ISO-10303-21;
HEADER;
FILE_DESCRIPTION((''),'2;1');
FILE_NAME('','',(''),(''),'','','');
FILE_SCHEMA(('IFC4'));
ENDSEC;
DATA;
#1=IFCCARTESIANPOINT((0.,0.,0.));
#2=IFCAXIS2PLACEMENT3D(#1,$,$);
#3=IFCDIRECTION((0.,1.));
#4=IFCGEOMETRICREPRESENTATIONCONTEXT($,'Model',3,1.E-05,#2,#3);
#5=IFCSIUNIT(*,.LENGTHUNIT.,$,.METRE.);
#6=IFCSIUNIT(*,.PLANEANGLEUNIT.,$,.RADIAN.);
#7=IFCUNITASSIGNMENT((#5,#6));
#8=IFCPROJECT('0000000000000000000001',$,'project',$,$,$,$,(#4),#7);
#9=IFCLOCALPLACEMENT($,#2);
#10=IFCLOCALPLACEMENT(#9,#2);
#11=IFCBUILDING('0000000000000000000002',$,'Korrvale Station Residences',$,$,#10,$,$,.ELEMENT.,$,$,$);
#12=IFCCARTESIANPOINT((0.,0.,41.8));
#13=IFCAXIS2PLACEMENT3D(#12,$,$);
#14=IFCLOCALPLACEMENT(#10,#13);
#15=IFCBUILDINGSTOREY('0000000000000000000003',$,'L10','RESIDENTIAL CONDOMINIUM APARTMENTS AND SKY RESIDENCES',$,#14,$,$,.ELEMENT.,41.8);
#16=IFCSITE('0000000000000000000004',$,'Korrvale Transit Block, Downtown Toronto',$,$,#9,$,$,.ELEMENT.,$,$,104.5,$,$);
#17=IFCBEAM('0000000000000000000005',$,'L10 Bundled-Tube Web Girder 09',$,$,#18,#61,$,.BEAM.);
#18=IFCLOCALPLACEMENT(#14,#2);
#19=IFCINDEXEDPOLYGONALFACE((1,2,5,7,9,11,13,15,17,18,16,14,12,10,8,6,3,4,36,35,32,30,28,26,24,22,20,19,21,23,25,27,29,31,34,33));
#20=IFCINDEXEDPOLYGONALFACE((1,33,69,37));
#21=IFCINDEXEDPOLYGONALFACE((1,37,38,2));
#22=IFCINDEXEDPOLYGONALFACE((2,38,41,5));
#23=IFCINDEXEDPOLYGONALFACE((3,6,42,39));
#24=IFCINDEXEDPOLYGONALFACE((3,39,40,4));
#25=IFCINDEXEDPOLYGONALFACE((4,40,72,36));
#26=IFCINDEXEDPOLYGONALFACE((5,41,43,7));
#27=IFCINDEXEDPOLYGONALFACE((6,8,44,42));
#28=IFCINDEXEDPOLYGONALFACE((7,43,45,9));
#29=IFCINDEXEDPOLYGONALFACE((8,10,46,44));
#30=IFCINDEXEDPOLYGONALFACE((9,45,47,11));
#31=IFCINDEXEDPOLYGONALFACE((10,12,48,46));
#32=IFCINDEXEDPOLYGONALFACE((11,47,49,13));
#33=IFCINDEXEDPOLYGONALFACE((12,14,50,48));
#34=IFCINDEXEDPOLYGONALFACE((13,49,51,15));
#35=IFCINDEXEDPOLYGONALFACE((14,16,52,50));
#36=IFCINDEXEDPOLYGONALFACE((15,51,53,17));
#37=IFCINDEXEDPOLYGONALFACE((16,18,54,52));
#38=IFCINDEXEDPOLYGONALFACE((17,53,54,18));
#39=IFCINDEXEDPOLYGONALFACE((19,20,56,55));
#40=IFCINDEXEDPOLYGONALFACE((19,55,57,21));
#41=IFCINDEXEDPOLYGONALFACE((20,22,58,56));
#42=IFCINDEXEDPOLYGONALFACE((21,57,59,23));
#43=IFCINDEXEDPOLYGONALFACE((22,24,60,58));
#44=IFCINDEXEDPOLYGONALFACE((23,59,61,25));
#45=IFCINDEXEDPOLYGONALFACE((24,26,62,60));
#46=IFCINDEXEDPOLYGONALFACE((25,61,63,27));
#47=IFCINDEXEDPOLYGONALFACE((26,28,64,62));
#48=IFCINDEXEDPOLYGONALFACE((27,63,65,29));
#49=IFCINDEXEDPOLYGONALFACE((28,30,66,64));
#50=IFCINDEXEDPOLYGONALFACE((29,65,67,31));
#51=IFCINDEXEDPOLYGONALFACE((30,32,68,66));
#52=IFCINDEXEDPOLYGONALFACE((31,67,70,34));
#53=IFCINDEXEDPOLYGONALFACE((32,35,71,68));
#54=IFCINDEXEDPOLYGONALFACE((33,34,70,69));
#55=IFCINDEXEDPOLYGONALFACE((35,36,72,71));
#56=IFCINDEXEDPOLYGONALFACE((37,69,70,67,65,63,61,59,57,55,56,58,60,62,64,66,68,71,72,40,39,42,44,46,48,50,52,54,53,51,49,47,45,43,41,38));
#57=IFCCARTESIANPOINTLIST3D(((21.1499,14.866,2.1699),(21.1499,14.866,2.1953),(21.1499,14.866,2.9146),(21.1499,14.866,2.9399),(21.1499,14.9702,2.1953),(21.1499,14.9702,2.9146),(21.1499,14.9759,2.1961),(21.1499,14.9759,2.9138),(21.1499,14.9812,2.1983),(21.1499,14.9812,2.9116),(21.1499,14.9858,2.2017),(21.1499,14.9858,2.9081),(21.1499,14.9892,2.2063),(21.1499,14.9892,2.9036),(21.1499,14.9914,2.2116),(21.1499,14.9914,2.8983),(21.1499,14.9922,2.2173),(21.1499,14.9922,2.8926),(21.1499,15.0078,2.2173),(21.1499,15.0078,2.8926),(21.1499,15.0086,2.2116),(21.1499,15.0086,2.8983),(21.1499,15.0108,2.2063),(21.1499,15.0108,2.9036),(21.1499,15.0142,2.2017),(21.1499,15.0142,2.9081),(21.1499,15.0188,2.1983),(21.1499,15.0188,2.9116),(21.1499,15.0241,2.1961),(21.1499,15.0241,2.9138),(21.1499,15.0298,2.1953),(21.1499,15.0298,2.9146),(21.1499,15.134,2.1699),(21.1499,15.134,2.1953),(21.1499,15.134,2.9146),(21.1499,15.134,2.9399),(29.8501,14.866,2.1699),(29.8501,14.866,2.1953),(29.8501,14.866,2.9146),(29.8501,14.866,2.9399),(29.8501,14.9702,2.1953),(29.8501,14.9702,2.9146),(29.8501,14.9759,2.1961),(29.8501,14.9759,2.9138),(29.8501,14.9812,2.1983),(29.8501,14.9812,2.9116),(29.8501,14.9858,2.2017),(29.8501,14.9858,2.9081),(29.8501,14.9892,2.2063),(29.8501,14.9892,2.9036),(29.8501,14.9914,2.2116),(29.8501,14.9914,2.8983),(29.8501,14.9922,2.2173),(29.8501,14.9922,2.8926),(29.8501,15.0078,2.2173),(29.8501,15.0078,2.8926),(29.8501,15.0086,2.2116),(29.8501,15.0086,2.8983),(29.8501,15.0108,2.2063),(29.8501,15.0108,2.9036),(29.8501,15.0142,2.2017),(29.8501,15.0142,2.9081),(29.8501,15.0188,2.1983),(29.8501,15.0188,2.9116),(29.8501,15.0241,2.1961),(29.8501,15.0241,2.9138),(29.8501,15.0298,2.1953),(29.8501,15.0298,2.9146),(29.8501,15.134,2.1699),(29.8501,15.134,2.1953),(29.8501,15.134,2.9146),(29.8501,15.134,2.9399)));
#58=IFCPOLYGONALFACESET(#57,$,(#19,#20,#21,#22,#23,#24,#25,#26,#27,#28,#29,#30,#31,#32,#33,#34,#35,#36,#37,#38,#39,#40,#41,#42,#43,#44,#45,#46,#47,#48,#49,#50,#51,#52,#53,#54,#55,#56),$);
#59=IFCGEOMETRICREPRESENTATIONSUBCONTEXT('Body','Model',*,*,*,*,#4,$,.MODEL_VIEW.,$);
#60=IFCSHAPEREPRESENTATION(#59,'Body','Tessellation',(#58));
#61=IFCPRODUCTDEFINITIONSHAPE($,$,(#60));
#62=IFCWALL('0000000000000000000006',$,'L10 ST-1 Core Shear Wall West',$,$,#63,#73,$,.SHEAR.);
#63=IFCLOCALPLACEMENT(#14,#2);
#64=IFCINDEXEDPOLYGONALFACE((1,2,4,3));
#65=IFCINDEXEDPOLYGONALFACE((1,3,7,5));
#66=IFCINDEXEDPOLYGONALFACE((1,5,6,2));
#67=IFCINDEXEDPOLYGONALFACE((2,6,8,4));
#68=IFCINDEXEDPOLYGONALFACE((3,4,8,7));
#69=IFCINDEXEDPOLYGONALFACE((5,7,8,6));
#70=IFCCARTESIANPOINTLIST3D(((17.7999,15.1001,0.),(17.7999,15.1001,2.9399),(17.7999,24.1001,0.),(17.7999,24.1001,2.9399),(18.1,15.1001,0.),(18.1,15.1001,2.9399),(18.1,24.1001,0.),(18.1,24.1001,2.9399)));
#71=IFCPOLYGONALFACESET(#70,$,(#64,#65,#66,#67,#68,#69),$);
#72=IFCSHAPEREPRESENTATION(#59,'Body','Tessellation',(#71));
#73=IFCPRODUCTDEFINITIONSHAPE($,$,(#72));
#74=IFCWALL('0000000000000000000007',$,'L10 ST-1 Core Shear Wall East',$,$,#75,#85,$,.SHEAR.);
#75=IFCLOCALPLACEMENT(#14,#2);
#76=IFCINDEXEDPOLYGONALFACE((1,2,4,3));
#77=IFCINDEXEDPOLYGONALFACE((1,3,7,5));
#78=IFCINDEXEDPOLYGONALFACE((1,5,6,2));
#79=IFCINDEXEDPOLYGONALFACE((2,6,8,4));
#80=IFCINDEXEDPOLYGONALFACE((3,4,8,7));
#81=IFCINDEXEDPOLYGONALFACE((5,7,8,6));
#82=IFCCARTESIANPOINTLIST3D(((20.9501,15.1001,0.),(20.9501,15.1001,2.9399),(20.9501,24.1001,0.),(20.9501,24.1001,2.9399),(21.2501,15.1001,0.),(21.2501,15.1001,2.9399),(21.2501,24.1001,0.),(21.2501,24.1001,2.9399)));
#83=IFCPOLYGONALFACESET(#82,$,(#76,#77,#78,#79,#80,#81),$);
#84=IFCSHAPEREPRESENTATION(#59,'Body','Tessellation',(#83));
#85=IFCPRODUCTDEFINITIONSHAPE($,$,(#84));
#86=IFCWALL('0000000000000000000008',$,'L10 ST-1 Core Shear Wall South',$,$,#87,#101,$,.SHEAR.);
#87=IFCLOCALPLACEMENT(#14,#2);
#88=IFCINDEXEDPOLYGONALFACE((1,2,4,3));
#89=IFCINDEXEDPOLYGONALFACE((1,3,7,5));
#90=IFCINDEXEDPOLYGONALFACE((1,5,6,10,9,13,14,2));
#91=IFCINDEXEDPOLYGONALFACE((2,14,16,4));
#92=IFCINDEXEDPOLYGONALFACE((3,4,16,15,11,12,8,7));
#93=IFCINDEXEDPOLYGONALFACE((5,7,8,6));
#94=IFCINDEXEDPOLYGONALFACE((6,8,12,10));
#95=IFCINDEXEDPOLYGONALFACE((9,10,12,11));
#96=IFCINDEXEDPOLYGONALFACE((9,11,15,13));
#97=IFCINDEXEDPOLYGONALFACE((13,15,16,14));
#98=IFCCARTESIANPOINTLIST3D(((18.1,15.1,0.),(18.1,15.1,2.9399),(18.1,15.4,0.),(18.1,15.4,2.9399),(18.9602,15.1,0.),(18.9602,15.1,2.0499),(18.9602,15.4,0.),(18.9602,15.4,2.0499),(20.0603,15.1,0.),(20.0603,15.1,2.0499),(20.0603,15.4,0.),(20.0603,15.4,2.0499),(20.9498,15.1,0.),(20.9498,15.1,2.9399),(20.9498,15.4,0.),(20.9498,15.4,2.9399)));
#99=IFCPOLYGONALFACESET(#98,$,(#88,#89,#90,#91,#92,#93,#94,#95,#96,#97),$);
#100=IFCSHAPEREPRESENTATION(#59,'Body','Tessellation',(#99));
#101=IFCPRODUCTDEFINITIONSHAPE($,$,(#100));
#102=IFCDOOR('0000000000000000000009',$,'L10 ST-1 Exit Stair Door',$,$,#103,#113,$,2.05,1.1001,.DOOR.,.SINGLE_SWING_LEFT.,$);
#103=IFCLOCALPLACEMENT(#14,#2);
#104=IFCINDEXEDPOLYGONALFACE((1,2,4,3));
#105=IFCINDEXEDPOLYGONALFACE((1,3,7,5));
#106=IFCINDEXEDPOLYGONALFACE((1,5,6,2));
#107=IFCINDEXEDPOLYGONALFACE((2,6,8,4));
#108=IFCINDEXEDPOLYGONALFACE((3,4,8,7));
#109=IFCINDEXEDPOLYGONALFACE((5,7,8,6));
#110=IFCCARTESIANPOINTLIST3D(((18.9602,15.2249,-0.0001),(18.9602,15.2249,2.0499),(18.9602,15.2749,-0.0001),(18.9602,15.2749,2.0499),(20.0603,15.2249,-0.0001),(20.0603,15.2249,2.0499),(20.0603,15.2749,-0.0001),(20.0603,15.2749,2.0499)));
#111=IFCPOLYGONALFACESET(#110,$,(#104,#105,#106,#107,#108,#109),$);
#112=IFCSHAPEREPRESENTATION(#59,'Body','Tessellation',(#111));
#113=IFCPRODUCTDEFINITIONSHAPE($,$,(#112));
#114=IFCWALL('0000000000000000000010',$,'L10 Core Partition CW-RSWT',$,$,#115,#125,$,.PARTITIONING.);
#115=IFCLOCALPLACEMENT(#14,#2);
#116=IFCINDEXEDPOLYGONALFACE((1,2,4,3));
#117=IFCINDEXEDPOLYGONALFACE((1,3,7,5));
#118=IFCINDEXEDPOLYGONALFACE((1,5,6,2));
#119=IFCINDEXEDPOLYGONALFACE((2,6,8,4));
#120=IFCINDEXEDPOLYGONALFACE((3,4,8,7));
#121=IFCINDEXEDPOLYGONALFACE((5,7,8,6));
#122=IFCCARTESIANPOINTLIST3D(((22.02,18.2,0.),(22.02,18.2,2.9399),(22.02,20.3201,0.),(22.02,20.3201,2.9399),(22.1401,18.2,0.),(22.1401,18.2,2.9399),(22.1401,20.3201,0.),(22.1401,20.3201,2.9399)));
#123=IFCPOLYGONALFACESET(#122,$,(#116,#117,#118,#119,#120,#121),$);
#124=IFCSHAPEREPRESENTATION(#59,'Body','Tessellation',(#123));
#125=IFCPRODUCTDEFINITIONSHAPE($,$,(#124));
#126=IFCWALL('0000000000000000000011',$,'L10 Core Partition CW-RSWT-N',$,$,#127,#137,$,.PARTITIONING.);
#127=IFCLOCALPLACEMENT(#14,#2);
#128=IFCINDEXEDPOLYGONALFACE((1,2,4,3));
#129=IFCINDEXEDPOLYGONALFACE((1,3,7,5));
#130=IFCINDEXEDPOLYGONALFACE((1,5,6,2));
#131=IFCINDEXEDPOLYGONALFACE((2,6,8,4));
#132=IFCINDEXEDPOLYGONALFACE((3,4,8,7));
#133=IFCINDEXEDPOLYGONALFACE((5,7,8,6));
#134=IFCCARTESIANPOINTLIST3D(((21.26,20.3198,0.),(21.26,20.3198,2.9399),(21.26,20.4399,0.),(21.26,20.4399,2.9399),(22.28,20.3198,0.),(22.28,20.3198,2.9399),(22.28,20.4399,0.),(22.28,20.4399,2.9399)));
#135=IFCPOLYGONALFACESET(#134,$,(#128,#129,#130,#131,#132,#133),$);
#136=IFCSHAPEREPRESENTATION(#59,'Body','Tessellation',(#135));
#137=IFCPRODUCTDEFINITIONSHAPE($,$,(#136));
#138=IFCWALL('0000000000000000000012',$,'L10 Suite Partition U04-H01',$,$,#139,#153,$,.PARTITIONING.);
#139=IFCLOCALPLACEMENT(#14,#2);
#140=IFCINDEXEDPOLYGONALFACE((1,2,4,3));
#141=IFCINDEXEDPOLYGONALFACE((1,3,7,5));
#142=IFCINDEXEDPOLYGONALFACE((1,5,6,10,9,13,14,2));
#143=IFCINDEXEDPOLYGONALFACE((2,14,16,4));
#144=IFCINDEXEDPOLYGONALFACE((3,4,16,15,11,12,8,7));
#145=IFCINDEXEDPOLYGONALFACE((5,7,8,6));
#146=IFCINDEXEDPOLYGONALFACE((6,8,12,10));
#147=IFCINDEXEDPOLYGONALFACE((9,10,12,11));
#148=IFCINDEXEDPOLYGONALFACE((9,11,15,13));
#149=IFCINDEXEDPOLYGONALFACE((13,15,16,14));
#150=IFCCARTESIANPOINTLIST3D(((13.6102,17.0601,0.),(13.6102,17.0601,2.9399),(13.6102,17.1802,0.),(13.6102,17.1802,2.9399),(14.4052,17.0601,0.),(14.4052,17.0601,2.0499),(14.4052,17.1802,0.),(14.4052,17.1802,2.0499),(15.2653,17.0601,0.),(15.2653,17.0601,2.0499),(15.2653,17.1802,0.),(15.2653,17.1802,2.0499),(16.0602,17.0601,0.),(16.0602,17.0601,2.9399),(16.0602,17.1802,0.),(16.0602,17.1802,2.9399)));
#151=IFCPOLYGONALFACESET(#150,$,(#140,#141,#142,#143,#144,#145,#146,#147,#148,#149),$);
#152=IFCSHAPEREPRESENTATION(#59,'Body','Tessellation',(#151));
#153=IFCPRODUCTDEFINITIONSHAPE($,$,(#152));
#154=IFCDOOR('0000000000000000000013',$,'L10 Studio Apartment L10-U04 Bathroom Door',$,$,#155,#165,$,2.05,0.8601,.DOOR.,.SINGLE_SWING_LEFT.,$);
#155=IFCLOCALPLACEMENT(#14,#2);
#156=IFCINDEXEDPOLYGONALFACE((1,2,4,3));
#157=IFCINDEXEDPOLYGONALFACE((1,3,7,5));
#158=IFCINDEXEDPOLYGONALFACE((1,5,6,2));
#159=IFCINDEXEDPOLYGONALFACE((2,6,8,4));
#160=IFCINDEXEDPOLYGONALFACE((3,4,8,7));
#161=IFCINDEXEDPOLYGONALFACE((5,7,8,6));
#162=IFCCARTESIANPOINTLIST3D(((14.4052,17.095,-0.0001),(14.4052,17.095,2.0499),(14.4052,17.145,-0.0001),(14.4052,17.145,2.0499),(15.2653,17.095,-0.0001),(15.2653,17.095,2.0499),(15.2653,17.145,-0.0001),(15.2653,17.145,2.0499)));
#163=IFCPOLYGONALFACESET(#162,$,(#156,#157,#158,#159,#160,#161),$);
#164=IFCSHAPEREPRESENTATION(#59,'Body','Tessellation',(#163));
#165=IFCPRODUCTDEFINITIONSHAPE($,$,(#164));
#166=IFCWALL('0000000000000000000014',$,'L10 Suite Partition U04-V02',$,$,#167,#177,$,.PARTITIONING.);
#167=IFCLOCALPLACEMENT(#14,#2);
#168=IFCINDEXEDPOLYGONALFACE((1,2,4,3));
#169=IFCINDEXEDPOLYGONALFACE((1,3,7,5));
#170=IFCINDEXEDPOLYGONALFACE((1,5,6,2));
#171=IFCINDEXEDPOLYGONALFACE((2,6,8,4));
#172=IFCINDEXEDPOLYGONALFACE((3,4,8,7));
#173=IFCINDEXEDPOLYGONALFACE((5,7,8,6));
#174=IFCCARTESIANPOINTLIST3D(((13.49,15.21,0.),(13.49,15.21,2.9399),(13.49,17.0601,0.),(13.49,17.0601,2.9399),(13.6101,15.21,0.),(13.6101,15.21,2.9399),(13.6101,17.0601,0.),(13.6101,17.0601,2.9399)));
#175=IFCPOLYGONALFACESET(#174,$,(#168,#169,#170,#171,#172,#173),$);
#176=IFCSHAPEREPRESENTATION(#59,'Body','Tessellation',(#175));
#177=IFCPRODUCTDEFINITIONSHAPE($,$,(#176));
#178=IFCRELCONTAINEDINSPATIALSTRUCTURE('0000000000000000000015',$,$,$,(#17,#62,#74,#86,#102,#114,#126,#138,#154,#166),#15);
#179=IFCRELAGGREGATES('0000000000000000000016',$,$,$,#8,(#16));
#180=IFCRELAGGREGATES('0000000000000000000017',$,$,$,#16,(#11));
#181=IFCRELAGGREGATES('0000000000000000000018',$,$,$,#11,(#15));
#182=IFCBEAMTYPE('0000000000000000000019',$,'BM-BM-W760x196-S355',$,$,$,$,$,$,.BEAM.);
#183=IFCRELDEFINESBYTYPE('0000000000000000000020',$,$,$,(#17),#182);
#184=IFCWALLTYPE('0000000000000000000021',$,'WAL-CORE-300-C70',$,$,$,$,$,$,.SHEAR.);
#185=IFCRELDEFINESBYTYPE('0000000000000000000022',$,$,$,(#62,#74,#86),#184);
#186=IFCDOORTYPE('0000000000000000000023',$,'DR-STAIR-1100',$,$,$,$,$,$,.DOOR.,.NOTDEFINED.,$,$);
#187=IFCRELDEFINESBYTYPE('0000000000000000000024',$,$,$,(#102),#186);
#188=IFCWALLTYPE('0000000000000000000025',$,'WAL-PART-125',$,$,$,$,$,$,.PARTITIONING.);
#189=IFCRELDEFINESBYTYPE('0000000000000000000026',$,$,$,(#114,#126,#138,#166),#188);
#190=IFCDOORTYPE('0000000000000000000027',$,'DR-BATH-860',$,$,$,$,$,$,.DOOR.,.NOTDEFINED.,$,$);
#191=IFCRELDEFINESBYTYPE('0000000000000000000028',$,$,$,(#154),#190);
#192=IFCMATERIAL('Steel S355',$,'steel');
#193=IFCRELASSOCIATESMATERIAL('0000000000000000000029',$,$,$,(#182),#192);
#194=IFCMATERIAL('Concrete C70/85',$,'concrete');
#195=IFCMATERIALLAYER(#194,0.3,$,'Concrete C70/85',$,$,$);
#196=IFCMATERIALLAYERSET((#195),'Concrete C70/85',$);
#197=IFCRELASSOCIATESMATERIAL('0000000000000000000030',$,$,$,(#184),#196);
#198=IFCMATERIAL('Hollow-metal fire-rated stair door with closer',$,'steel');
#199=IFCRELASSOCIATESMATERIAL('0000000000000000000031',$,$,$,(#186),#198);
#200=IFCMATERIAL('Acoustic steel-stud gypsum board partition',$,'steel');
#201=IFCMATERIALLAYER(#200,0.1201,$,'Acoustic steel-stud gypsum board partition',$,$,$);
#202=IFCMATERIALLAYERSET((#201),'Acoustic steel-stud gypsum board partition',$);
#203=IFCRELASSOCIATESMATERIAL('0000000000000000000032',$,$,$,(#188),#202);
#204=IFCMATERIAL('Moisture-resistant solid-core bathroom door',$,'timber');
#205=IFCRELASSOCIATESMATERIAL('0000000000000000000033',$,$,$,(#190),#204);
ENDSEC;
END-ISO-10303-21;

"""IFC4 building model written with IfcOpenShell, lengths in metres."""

from ifc_helpers import new_model, si_unit, direction, frame, frame_2d, origin, origin_2d, place, context, subcontext, project, spatial, rectangle, i_section, extrude, material, layer, layer_set, material_profile, profile_set, type_object, element, fill, save


model = new_model("IFC4")

# Units and contexts
model_context = context("Model", 3, precision=1e-05, world=origin(), true_north=direction((0.0, 1.0)))
body_context = subcontext(model_context, "Body", "Model", "MODEL_VIEW")
ifc_project = project(units=[si_unit("LENGTHUNIT", "METRE"), si_unit("PLANEANGLEUNIT", "RADIAN")], contexts=[model_context])

# Site, building, storey
site_placement = place(None, origin())
site = spatial("IfcSite", under=ifc_project, at=site_placement, Name="Korrvale Transit Block, Downtown Toronto", CompositionType="ELEMENT", RefElevation=104.5)
building_placement = place(site_placement, origin())
building = spatial("IfcBuilding", under=site, at=building_placement, Name="Korrvale Station Residences", CompositionType="ELEMENT")
storey_placement = place(building_placement, frame((0.0, 0.0, 41.8)))
storey = spatial("IfcBuildingStorey", under=building, at=storey_placement, Name="L10", Description="RESIDENTIAL CONDOMINIUM APARTMENTS AND SKY RESIDENCES", CompositionType="ELEMENT", Elevation=41.8)

# Beam
ifc_material_1 = material(Name="Steel S355", Category="steel")
ifc_material_profile = material_profile(ifc_material_1, i_section(OverallWidth=0.2681, OverallDepth=0.77, WebThickness=0.0156, FlangeThickness=0.0254, FilletRadius=0.022, at=origin_2d()), Name="W760x196")
ifc_profile_set = profile_set([ifc_material_profile], Name="Steel S355")
beam_type = type_object("IfcBeamType", Name="BM-BM-W760x196-S355", PredefinedType="BEAM", material=ifc_profile_set)
beam_placement = place(storey_placement, frame((21.1499, 15.0, 2.5549), z_axis=(1.0, 0.0, 0.0), x_axis=(0.0, 1.0, 0.0)))
element("IfcBeam", 1, at=beam_placement, inside=storey, type_object=beam_type, Name="L10 Bundled-Tube Web Girder 09", PredefinedType="BEAM", context=body_context, shape_type="SweptSolid", body=[
    extrude(i_section(OverallWidth=0.2681, OverallDepth=0.77, WebThickness=0.0156, FlangeThickness=0.0254, FilletRadius=0.022, at=origin_2d()), origin(), (0.0, 0.0, 1.0), 8.7002),
])

# Walls
ifc_material_2 = material(Name="Concrete C70/85", Category="concrete")
ifc_layer_1 = layer(ifc_material_2, 0.3, Name="Concrete C70/85")
ifc_layer_set_1 = layer_set([ifc_layer_1], Name="Concrete C70/85")
wall_type_1 = type_object("IfcWallType", Name="WAL-CORE-300-C70", PredefinedType="SHEAR", material=ifc_layer_set_1)
for number, where, z_axis, x_axis, name in (
    (2, (17.95, 15.1001, 0.0), (0.0, 0.0, 1.0), (0.0, 1.0, 0.0), "L10 ST-1 Core Shear Wall West"),
    (3, (21.1001, 15.1001, 0.0), (0.0, 0.0, 1.0), (0.0, 1.0, 0.0), "L10 ST-1 Core Shear Wall East"),
):
    element("IfcWall", number, at=place(storey_placement, frame(where, z_axis=z_axis, x_axis=x_axis)), inside=storey, type_object=wall_type_1, Name=name, PredefinedType="SHEAR", context=body_context, shape_type="SweptSolid", body=[
        extrude(rectangle(XDim=9.0, YDim=0.3, at=frame_2d((4.5, 0.0))), origin(), (0.0, 0.0, 1.0), 2.9399),
    ])

# Wall, opening, door
wall_1_placement = place(storey_placement, frame((18.1001, 15.25, 0.0), z_axis=(0.0, 0.0, 1.0), x_axis=(1.0, 0.0, 0.0)))
wall_1 = element("IfcWall", 4, at=wall_1_placement, inside=storey, type_object=wall_type_1, Name="L10 ST-1 Core Shear Wall South", PredefinedType="SHEAR", context=body_context, shape_type="SweptSolid", body=[
    extrude(rectangle(XDim=2.8499, YDim=0.3, at=frame_2d((1.4248, 0.0))), origin(), (0.0, 0.0, 1.0), 2.9399),
])
opening_1_placement = place(wall_1_placement, frame((0.8601, 0.0, 0.0)))
opening_1 = element("IfcOpeningElement", 5, at=opening_1_placement, cuts=wall_1, PredefinedType="OPENING", context=body_context, shape_type="SweptSolid", body=[
    extrude(rectangle(XDim=1.1001, YDim=2.05, at=frame_2d((0.55, 1.0249))), frame((0.0, 0.1602, 0.0), z_axis=(0.0, -1.0, 0.0), x_axis=(1.0, 0.0, 0.0)), (0.0, 0.0, 1.0), 0.3201),
])
ifc_material_3 = material(Name="Hollow-metal fire-rated stair door with closer", Category="steel")
door_type_1 = type_object("IfcDoorType", Name="DR-STAIR-1100", OperationType="NOTDEFINED", PredefinedType="DOOR", material=ifc_material_3)
door_1_placement = place(opening_1_placement, origin())
door_1 = element("IfcDoor", 6, at=door_1_placement, inside=storey, type_object=door_type_1, Name="L10 ST-1 Exit Stair Door", OperationType="SINGLE_SWING_LEFT", OverallHeight=2.05, OverallWidth=1.1001, PredefinedType="DOOR", context=body_context, shape_type="SweptSolid", body=[
    extrude(rectangle(XDim=1.1001, YDim=2.05, at=frame_2d((0.55, 1.0249))), frame((0.0, 0.0249, 0.0), z_axis=(0.0, -1.0, 0.0), x_axis=(1.0, 0.0, 0.0)), (0.0, 0.0, 1.0), 0.05),
])
fill(opening_1, door_1)

# Walls
ifc_material_4 = material(Name="Acoustic steel-stud gypsum board partition", Category="steel")
ifc_layer_2 = layer(ifc_material_4, 0.1201, Name="Acoustic steel-stud gypsum board partition")
ifc_layer_set_2 = layer_set([ifc_layer_2], Name="Acoustic steel-stud gypsum board partition")
wall_type_2 = type_object("IfcWallType", Name="WAL-PART-125", PredefinedType="PARTITIONING", material=ifc_layer_set_2)
wall_2_placement = place(storey_placement, frame((22.0801, 18.2, 0.0), z_axis=(0.0, 0.0, 1.0), x_axis=(0.0, 1.0, 0.0)))
element("IfcWall", 7, at=wall_2_placement, inside=storey, type_object=wall_type_2, Name="L10 Core Partition CW-RSWT", PredefinedType="PARTITIONING", context=body_context, shape_type="SweptSolid", body=[
    extrude(rectangle(XDim=2.1201, YDim=0.1201, at=frame_2d((1.0601, 0.0))), origin(), (0.0, 0.0, 1.0), 2.9399),
])
wall_3_placement = place(storey_placement, frame((22.28, 20.3799, 0.0), z_axis=(0.0, 0.0, 1.0), x_axis=(-1.0, 0.0, 0.0)))
element("IfcWall", 8, at=wall_3_placement, inside=storey, type_object=wall_type_2, Name="L10 Core Partition CW-RSWT-N", PredefinedType="PARTITIONING", context=body_context, shape_type="SweptSolid", body=[
    extrude(rectangle(XDim=1.02, YDim=0.1201, at=frame_2d((0.51, 0.0))), origin(), (0.0, 0.0, 1.0), 2.9399),
])

# Wall, opening, door
wall_4_placement = place(storey_placement, frame((13.6101, 17.1201, 0.0), z_axis=(0.0, 0.0, 1.0), x_axis=(1.0, 0.0, 0.0)))
wall_4 = element("IfcWall", 9, at=wall_4_placement, inside=storey, type_object=wall_type_2, Name="L10 Suite Partition U04-H01", PredefinedType="PARTITIONING", context=body_context, shape_type="SweptSolid", body=[
    extrude(rectangle(XDim=2.45, YDim=0.1201, at=frame_2d((1.2251, 0.0))), origin(), (0.0, 0.0, 1.0), 2.9399),
])
opening_2_placement = place(wall_4_placement, frame((0.7949, 0.0, 0.0)))
opening_2 = element("IfcOpeningElement", 10, at=opening_2_placement, cuts=wall_4, PredefinedType="OPENING", context=body_context, shape_type="SweptSolid", body=[
    extrude(rectangle(XDim=0.8601, YDim=2.05, at=frame_2d((0.4302, 1.0249))), frame((0.0, 0.0701, 0.0), z_axis=(0.0, -1.0, 0.0), x_axis=(1.0, 0.0, 0.0)), (0.0, 0.0, 1.0), 0.1401),
])
ifc_material_5 = material(Name="Moisture-resistant solid-core bathroom door", Category="timber")
door_type_2 = type_object("IfcDoorType", Name="DR-BATH-860", OperationType="NOTDEFINED", PredefinedType="DOOR", material=ifc_material_5)
door_2_placement = place(opening_2_placement, origin())
door_2 = element("IfcDoor", 11, at=door_2_placement, inside=storey, type_object=door_type_2, Name="L10 Studio Apartment L10-U04 Bathroom Door", OperationType="SINGLE_SWING_LEFT", OverallHeight=2.05, OverallWidth=0.8601, PredefinedType="DOOR", context=body_context, shape_type="SweptSolid", body=[
    extrude(rectangle(XDim=0.8601, YDim=2.05, at=frame_2d((0.4302, 1.0249))), frame((0.0, 0.0249, 0.0), z_axis=(0.0, -1.0, 0.0), x_axis=(1.0, 0.0, 0.0)), (0.0, 0.0, 1.0), 0.05),
])
fill(opening_2, door_2)

# Wall
wall_5_placement = place(storey_placement, frame((13.55, 15.21, 0.0), z_axis=(0.0, 0.0, 1.0), x_axis=(0.0, 1.0, 0.0)))
element("IfcWall", 12, at=wall_5_placement, inside=storey, type_object=wall_type_2, Name="L10 Suite Partition U04-V02", PredefinedType="PARTITIONING", context=body_context, shape_type="SweptSolid", body=[
    extrude(rectangle(XDim=1.8501, YDim=0.1201, at=frame_2d((0.925, 0.0))), origin(), (0.0, 0.0, 1.0), 2.9399),
])

save(model, "model.ifc")
